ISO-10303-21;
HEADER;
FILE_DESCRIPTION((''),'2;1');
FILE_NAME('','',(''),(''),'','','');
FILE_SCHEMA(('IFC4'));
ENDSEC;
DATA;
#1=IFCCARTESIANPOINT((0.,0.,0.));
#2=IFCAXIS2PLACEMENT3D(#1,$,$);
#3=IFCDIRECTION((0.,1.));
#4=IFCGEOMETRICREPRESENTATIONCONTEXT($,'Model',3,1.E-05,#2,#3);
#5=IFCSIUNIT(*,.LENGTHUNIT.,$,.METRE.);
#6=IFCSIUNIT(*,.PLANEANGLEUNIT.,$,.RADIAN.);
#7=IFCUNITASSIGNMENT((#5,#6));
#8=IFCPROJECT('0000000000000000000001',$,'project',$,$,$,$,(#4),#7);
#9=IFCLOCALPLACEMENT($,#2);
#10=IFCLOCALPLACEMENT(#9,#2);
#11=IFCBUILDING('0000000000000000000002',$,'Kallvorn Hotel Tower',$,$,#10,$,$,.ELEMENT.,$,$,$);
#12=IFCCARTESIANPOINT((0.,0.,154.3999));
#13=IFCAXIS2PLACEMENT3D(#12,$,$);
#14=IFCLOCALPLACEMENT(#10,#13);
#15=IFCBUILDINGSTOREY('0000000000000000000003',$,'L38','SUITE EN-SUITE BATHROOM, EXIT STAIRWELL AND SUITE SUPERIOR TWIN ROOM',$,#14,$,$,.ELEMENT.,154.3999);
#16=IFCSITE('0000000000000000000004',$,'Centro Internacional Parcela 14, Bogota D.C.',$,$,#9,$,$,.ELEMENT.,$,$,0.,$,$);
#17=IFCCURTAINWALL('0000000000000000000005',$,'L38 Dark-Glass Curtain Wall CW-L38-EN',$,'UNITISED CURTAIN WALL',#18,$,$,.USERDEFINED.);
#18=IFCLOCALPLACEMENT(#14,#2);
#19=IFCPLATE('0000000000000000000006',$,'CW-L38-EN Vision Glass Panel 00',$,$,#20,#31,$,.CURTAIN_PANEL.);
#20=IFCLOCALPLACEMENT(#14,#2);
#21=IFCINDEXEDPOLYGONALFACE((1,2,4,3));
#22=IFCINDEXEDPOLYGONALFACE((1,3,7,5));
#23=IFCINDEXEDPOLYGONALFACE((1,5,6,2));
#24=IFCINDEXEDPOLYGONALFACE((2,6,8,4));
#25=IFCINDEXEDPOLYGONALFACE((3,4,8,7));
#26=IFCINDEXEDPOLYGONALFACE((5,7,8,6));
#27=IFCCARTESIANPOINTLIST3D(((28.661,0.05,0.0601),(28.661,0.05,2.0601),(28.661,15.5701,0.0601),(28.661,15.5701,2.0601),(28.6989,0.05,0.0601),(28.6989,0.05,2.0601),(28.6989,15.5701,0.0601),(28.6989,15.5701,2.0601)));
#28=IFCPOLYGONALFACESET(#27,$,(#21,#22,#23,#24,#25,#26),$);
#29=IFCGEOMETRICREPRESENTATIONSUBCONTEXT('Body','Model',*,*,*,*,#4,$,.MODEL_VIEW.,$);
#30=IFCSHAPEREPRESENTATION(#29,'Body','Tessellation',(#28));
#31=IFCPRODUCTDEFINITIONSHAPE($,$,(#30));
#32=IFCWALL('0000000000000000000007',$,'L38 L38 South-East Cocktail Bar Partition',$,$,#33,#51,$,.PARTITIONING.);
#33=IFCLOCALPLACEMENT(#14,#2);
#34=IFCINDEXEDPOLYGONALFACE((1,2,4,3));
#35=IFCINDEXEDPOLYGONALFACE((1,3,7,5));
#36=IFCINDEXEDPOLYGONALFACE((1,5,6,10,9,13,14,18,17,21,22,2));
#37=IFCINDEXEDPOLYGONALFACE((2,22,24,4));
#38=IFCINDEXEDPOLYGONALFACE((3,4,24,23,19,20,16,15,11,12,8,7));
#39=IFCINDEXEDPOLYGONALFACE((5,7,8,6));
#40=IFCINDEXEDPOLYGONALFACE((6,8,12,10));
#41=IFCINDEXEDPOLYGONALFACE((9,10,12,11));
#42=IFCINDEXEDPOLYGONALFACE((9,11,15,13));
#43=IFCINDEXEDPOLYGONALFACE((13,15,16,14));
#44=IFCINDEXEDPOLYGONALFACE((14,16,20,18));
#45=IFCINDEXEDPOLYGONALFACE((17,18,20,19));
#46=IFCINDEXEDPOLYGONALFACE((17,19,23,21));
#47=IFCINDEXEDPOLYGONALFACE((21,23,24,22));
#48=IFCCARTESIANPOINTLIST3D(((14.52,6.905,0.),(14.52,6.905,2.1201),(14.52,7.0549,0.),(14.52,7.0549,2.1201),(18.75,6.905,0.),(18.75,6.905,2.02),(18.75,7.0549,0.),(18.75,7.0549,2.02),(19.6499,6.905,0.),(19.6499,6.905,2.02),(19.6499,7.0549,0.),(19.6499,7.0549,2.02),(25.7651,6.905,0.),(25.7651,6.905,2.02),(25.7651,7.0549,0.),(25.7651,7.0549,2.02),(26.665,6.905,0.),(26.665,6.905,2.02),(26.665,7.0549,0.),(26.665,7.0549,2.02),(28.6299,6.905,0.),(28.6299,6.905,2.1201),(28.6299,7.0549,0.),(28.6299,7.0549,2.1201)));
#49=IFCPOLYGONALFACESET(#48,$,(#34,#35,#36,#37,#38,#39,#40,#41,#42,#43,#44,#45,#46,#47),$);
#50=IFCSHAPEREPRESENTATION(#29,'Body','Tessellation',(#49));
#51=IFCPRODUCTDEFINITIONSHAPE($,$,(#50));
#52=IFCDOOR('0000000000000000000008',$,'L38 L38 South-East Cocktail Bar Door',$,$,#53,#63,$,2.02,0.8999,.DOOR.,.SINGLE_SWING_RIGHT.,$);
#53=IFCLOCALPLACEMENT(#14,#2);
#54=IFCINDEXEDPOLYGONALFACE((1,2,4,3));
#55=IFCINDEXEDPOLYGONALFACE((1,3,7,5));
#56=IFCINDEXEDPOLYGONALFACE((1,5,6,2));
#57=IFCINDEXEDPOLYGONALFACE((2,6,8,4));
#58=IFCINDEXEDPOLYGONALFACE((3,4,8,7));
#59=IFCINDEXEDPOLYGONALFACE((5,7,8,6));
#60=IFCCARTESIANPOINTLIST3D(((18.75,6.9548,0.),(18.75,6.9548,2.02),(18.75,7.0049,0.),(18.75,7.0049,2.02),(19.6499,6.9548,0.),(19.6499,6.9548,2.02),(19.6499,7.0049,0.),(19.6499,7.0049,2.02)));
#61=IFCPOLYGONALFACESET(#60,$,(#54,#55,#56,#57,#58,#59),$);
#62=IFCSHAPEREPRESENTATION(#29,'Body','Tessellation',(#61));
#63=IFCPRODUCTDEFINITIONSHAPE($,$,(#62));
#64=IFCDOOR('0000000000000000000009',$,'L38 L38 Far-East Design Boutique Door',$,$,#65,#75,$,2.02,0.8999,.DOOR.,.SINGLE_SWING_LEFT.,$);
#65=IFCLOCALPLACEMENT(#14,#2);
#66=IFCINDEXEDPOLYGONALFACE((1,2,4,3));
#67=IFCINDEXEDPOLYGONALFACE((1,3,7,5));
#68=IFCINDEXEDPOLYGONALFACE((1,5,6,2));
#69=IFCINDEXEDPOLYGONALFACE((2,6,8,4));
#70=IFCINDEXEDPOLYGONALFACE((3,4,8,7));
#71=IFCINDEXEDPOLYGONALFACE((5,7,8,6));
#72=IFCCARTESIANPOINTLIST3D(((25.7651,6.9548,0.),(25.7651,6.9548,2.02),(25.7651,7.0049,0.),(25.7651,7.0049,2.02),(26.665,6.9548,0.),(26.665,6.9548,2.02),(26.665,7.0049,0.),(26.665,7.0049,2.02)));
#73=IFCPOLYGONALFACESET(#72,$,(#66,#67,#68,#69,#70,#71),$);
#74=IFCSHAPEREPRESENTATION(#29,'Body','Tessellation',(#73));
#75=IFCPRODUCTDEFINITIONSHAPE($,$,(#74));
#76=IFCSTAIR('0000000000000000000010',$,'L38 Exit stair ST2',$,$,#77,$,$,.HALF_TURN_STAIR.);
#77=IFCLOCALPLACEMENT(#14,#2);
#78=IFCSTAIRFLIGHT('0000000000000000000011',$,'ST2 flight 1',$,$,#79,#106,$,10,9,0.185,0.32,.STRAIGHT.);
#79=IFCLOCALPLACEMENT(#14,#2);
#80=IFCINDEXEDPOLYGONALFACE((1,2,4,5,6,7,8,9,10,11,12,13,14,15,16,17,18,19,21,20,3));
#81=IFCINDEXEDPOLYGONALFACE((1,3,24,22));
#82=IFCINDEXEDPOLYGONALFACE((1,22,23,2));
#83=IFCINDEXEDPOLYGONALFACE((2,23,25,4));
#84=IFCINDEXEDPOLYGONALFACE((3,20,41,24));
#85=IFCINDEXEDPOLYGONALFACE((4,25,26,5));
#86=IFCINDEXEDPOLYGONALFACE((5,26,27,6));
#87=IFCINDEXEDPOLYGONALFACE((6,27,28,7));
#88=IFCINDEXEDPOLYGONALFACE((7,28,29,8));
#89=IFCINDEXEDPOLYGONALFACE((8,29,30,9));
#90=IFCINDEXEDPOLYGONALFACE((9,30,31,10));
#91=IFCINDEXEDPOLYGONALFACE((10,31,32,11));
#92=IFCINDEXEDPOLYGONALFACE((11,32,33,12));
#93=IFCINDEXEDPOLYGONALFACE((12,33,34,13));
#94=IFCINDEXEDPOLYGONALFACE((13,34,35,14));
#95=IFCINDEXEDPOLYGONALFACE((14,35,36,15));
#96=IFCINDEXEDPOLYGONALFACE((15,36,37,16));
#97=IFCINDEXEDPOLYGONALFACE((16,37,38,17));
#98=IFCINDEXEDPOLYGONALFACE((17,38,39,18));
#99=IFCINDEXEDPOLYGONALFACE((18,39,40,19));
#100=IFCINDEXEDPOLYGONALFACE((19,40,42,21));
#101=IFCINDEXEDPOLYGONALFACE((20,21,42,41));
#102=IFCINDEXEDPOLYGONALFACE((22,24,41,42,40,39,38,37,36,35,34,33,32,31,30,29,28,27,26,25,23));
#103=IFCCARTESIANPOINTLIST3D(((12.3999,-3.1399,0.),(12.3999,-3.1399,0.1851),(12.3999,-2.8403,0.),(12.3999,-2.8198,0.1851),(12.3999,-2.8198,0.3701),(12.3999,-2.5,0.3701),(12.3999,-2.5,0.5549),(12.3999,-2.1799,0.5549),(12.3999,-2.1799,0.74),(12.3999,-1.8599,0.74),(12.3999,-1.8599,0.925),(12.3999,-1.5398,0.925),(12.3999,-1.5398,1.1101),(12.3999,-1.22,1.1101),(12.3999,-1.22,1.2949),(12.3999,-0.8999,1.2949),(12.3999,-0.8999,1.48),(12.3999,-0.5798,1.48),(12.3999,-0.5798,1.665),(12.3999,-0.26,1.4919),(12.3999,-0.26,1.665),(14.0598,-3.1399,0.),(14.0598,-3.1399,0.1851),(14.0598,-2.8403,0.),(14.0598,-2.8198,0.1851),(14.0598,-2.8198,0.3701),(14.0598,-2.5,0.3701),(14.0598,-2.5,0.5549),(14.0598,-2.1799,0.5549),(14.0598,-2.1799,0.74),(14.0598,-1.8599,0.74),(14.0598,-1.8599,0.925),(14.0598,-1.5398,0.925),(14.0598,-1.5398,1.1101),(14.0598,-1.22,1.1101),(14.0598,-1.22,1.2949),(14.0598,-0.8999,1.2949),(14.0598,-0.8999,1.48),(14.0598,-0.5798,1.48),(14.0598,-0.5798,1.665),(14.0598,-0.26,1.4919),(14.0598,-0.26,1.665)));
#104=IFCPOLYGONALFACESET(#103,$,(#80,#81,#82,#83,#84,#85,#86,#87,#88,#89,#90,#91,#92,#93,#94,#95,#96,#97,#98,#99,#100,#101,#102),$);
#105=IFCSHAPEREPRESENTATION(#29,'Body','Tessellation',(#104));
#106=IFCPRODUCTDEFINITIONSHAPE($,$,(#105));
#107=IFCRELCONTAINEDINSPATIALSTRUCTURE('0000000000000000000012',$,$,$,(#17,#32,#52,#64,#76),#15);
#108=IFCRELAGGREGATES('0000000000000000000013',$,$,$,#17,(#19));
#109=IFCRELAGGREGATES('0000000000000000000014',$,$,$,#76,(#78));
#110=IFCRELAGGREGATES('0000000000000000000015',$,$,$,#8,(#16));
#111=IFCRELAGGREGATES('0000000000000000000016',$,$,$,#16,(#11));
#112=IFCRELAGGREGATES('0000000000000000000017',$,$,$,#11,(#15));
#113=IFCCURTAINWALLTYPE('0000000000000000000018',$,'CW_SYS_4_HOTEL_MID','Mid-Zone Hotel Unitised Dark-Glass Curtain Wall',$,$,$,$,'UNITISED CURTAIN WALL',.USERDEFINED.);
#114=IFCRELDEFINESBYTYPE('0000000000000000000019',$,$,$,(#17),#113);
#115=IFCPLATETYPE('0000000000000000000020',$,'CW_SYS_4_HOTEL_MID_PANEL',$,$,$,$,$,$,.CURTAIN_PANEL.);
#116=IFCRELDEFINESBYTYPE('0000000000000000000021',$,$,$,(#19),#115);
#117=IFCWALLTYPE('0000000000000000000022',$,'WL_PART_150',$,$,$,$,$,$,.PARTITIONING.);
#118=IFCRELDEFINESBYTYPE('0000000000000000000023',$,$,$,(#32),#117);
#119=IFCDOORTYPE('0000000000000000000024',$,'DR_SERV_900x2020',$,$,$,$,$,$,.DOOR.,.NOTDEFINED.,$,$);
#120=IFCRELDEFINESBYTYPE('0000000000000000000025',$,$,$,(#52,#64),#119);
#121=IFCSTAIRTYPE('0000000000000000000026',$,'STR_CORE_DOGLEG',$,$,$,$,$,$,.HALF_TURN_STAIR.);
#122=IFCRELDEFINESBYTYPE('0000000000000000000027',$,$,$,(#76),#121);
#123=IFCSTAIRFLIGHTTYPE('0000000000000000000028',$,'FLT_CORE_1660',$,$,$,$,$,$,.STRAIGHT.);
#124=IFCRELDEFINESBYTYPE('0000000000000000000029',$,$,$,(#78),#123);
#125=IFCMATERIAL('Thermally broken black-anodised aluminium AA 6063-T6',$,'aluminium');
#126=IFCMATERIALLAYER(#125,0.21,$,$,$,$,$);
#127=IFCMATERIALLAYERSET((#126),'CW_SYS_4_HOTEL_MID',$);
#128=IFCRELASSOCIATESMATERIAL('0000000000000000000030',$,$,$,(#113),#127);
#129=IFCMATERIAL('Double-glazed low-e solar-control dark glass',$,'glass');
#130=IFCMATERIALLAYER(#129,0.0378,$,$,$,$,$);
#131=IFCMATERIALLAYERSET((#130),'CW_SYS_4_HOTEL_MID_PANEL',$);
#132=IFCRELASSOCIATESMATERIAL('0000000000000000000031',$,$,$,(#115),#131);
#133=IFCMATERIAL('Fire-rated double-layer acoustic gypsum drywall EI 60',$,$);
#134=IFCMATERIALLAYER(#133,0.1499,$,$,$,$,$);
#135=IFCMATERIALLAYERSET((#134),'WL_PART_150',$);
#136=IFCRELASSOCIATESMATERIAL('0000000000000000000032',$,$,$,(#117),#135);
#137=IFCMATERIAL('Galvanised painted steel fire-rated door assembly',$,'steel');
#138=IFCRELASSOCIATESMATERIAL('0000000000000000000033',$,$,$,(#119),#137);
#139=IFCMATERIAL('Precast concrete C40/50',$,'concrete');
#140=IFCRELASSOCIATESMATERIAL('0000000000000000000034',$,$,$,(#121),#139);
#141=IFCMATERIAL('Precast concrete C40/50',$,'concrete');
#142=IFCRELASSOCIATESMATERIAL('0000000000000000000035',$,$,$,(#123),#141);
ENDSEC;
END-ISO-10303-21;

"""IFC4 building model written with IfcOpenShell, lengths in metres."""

from ifc_helpers import new_model, si_unit, direction, frame, frame_2d, origin, origin_2d, place, context, subcontext, project, spatial, polyline, rectangle, outline, extrude, material, layer, layer_set, type_object, element, fill, aggregate, save


model = new_model("IFC4")

# Units and contexts
model_context = context("Model", 3, precision=1e-05, world=origin(), true_north=direction((0.0, 1.0)))
body_context = subcontext(model_context, "Body", "Model", "MODEL_VIEW")
ifc_project = project(units=[si_unit("LENGTHUNIT", "METRE"), si_unit("PLANEANGLEUNIT", "RADIAN")], contexts=[model_context])

# Site, building, storey
site_placement = place(None, origin())
site = spatial("IfcSite", under=ifc_project, at=site_placement, Name="Centro Internacional Parcela 14, Bogota D.C.", CompositionType="ELEMENT", RefElevation=0.0)
building_placement = place(site_placement, origin())
building = spatial("IfcBuilding", under=site, at=building_placement, Name="Kallvorn Hotel Tower", CompositionType="ELEMENT")
storey_placement = place(building_placement, frame((0.0, 0.0, 154.3999)))
storey = spatial("IfcBuildingStorey", under=building, at=storey_placement, Name="L38", Description="SUITE EN-SUITE BATHROOM, EXIT STAIRWELL AND SUITE SUPERIOR TWIN ROOM", CompositionType="ELEMENT", Elevation=154.3999)

# Curtain wall, plate
ifc_material_1 = material(Name="Thermally broken black-anodised aluminium AA 6063-T6", Category="aluminium")
ifc_layer_1 = layer(ifc_material_1, 0.21)
ifc_layer_set_1 = layer_set([ifc_layer_1], Name="CW_SYS_4_HOTEL_MID")
curtain_wall_type = type_object("IfcCurtainWallType", Name="CW_SYS_4_HOTEL_MID", Description="Mid-Zone Hotel Unitised Dark-Glass Curtain Wall", ElementType="UNITISED CURTAIN WALL", PredefinedType="USERDEFINED", material=ifc_layer_set_1)
curtain_wall_placement = place(storey_placement, origin())
curtain_wall = element("IfcCurtainWall", 1, at=curtain_wall_placement, inside=storey, type_object=curtain_wall_type, Name="L38 Dark-Glass Curtain Wall CW-L38-EN", ObjectType="UNITISED CURTAIN WALL", PredefinedType="USERDEFINED")
ifc_material_2 = material(Name="Double-glazed low-e solar-control dark glass", Category="glass")
ifc_layer_2 = layer(ifc_material_2, 0.0378)
ifc_layer_set_2 = layer_set([ifc_layer_2], Name="CW_SYS_4_HOTEL_MID_PANEL")
plate_type = type_object("IfcPlateType", Name="CW_SYS_4_HOTEL_MID_PANEL", PredefinedType="CURTAIN_PANEL", material=ifc_layer_set_2)
plate_placement = place(storey_placement, frame((28.6799, 7.8101, 0.0601), z_axis=(0.0, 0.0, 1.0), x_axis=(0.0, 1.0, 0.0)))
plate = element("IfcPlate", 2, at=plate_placement, type_object=plate_type, Name="CW-L38-EN Vision Glass Panel 00", PredefinedType="CURTAIN_PANEL", context=body_context, shape_type="SweptSolid", body=[
    extrude(rectangle(XDim=15.52, YDim=0.0378, at=origin_2d()), origin(), (0.0, 0.0, 1.0), 2.0),
])
aggregate(curtain_wall, [plate])

# Wall, openings, doors
ifc_material_3 = material(Name="Fire-rated double-layer acoustic gypsum drywall EI 60")
ifc_layer_3 = layer(ifc_material_3, 0.1499)
ifc_layer_set_3 = layer_set([ifc_layer_3], Name="WL_PART_150")
wall_type = type_object("IfcWallType", Name="WL_PART_150", PredefinedType="PARTITIONING", material=ifc_layer_set_3)
wall_placement = place(storey_placement, frame((14.52, 6.98, 0.0), z_axis=(0.0, 0.0, 1.0), x_axis=(1.0, 0.0, 0.0)))
wall = element("IfcWall", 3, at=wall_placement, inside=storey, type_object=wall_type, Name="L38 L38 South-East Cocktail Bar Partition", PredefinedType="PARTITIONING", context=body_context, shape_type="SweptSolid", body=[
    extrude(rectangle(XDim=14.1099, YDim=0.1499, at=frame_2d((7.0549, 0.0))), origin(), (0.0, 0.0, 1.0), 2.1201),
])
opening_1_placement = place(wall_placement, frame((4.23, 0.0, 0.0)))
opening_1 = element("IfcOpeningElement", 4, at=opening_1_placement, cuts=wall, PredefinedType="OPENING", context=body_context, shape_type="SweptSolid", body=[
    extrude(rectangle(XDim=0.8999, YDim=2.02, at=frame_2d((0.45, 1.01))), frame((0.0, 0.0898, 0.0), z_axis=(0.0, -1.0, 0.0), x_axis=(1.0, 0.0, 0.0)), (0.0, 0.0, 1.0), 0.1799),
])
opening_2_placement = place(wall_placement, frame((11.2451, 0.0, 0.0)))
opening_2 = element("IfcOpeningElement", 5, at=opening_2_placement, cuts=wall, PredefinedType="OPENING", context=body_context, shape_type="SweptSolid", body=[
    extrude(rectangle(XDim=0.8999, YDim=2.02, at=frame_2d((0.45, 1.01))), frame((0.0, 0.0898, 0.0), z_axis=(0.0, -1.0, 0.0), x_axis=(1.0, 0.0, 0.0)), (0.0, 0.0, 1.0), 0.1799),
])
ifc_material_4 = material(Name="Galvanised painted steel fire-rated door assembly", Category="steel")
door_type = type_object("IfcDoorType", Name="DR_SERV_900x2020", OperationType="NOTDEFINED", PredefinedType="DOOR", material=ifc_material_4)
door_1_placement = place(opening_1_placement, origin())
door_1 = element("IfcDoor", 6, at=door_1_placement, inside=storey, type_object=door_type, Name="L38 L38 South-East Cocktail Bar Door", OperationType="SINGLE_SWING_RIGHT", OverallHeight=2.02, OverallWidth=0.8999, PredefinedType="DOOR", context=body_context, shape_type="SweptSolid", body=[
    extrude(rectangle(XDim=0.8999, YDim=2.02, at=frame_2d((0.45, 1.01))), frame((0.0, 0.0249, 0.0), z_axis=(0.0, -1.0, 0.0), x_axis=(1.0, 0.0, 0.0)), (0.0, 0.0, 1.0), 0.05),
])
fill(opening_1, door_1)
door_2_placement = place(opening_2_placement, origin())
door_2 = element("IfcDoor", 7, at=door_2_placement, inside=storey, type_object=door_type, Name="L38 L38 Far-East Design Boutique Door", OperationType="SINGLE_SWING_LEFT", OverallHeight=2.02, OverallWidth=0.8999, PredefinedType="DOOR", context=body_context, shape_type="SweptSolid", body=[
    extrude(rectangle(XDim=0.8999, YDim=2.02, at=frame_2d((0.45, 1.01))), frame((0.0, 0.0249, 0.0), z_axis=(0.0, -1.0, 0.0), x_axis=(1.0, 0.0, 0.0)), (0.0, 0.0, 1.0), 0.05),
])
fill(opening_2, door_2)

# Stair, stair flight
ifc_material_5 = material(Name="Precast concrete C40/50", Category="concrete")
stair_type = type_object("IfcStairType", Name="STR_CORE_DOGLEG", PredefinedType="HALF_TURN_STAIR", material=ifc_material_5)
stair_placement = place(storey_placement, origin())
stair = element("IfcStair", 8, at=stair_placement, inside=storey, type_object=stair_type, Name="L38 Exit stair ST2", PredefinedType="HALF_TURN_STAIR")
ifc_material_6 = material(Name="Precast concrete C40/50", Category="concrete")
stair_flight_type = type_object("IfcStairFlightType", Name="FLT_CORE_1660", PredefinedType="STRAIGHT", material=ifc_material_6)
stair_flight_placement = place(storey_placement, frame((13.23, -3.1399, 0.0), z_axis=(0.0, 0.0, 1.0), x_axis=(0.0, 1.0, 0.0)))
stair_flight = element("IfcStairFlight", 9, at=stair_flight_placement, type_object=stair_flight_type, Name="ST2 flight 1", NumberOfRisers=10, NumberOfTreads=9, PredefinedType="STRAIGHT", RiserHeight=0.185, TreadLength=0.32, context=body_context, shape_type="SweptSolid", body=[
    extrude(outline(polyline([(0.0, 0.0), (0.0, 0.1851), (0.3201, 0.1851), (0.3201, 0.3701), (0.6399, 0.3701), (0.6399, 0.5549), (0.96, 0.5549), (0.96, 0.74), (1.28, 0.74), (1.28, 0.925), (1.6001, 0.925), (1.6001, 1.1101), (1.9199, 1.1101), (1.9199, 1.2949), (2.24, 1.2949), (2.24, 1.48), (2.5601, 1.48), (2.5601, 1.665), (2.8799, 1.665), (2.8799, 1.8501), (2.8799, 1.4919), (0.2996, 0.0), (0.0, 0.0)])), frame((0.0, 0.8301, 0.0), z_axis=(0.0, -1.0, 0.0), x_axis=(1.0, 0.0, 0.0)), (0.0, 0.0, 1.0), 1.6599),
])
aggregate(stair, [stair_flight])

save(model, "model.ifc")
